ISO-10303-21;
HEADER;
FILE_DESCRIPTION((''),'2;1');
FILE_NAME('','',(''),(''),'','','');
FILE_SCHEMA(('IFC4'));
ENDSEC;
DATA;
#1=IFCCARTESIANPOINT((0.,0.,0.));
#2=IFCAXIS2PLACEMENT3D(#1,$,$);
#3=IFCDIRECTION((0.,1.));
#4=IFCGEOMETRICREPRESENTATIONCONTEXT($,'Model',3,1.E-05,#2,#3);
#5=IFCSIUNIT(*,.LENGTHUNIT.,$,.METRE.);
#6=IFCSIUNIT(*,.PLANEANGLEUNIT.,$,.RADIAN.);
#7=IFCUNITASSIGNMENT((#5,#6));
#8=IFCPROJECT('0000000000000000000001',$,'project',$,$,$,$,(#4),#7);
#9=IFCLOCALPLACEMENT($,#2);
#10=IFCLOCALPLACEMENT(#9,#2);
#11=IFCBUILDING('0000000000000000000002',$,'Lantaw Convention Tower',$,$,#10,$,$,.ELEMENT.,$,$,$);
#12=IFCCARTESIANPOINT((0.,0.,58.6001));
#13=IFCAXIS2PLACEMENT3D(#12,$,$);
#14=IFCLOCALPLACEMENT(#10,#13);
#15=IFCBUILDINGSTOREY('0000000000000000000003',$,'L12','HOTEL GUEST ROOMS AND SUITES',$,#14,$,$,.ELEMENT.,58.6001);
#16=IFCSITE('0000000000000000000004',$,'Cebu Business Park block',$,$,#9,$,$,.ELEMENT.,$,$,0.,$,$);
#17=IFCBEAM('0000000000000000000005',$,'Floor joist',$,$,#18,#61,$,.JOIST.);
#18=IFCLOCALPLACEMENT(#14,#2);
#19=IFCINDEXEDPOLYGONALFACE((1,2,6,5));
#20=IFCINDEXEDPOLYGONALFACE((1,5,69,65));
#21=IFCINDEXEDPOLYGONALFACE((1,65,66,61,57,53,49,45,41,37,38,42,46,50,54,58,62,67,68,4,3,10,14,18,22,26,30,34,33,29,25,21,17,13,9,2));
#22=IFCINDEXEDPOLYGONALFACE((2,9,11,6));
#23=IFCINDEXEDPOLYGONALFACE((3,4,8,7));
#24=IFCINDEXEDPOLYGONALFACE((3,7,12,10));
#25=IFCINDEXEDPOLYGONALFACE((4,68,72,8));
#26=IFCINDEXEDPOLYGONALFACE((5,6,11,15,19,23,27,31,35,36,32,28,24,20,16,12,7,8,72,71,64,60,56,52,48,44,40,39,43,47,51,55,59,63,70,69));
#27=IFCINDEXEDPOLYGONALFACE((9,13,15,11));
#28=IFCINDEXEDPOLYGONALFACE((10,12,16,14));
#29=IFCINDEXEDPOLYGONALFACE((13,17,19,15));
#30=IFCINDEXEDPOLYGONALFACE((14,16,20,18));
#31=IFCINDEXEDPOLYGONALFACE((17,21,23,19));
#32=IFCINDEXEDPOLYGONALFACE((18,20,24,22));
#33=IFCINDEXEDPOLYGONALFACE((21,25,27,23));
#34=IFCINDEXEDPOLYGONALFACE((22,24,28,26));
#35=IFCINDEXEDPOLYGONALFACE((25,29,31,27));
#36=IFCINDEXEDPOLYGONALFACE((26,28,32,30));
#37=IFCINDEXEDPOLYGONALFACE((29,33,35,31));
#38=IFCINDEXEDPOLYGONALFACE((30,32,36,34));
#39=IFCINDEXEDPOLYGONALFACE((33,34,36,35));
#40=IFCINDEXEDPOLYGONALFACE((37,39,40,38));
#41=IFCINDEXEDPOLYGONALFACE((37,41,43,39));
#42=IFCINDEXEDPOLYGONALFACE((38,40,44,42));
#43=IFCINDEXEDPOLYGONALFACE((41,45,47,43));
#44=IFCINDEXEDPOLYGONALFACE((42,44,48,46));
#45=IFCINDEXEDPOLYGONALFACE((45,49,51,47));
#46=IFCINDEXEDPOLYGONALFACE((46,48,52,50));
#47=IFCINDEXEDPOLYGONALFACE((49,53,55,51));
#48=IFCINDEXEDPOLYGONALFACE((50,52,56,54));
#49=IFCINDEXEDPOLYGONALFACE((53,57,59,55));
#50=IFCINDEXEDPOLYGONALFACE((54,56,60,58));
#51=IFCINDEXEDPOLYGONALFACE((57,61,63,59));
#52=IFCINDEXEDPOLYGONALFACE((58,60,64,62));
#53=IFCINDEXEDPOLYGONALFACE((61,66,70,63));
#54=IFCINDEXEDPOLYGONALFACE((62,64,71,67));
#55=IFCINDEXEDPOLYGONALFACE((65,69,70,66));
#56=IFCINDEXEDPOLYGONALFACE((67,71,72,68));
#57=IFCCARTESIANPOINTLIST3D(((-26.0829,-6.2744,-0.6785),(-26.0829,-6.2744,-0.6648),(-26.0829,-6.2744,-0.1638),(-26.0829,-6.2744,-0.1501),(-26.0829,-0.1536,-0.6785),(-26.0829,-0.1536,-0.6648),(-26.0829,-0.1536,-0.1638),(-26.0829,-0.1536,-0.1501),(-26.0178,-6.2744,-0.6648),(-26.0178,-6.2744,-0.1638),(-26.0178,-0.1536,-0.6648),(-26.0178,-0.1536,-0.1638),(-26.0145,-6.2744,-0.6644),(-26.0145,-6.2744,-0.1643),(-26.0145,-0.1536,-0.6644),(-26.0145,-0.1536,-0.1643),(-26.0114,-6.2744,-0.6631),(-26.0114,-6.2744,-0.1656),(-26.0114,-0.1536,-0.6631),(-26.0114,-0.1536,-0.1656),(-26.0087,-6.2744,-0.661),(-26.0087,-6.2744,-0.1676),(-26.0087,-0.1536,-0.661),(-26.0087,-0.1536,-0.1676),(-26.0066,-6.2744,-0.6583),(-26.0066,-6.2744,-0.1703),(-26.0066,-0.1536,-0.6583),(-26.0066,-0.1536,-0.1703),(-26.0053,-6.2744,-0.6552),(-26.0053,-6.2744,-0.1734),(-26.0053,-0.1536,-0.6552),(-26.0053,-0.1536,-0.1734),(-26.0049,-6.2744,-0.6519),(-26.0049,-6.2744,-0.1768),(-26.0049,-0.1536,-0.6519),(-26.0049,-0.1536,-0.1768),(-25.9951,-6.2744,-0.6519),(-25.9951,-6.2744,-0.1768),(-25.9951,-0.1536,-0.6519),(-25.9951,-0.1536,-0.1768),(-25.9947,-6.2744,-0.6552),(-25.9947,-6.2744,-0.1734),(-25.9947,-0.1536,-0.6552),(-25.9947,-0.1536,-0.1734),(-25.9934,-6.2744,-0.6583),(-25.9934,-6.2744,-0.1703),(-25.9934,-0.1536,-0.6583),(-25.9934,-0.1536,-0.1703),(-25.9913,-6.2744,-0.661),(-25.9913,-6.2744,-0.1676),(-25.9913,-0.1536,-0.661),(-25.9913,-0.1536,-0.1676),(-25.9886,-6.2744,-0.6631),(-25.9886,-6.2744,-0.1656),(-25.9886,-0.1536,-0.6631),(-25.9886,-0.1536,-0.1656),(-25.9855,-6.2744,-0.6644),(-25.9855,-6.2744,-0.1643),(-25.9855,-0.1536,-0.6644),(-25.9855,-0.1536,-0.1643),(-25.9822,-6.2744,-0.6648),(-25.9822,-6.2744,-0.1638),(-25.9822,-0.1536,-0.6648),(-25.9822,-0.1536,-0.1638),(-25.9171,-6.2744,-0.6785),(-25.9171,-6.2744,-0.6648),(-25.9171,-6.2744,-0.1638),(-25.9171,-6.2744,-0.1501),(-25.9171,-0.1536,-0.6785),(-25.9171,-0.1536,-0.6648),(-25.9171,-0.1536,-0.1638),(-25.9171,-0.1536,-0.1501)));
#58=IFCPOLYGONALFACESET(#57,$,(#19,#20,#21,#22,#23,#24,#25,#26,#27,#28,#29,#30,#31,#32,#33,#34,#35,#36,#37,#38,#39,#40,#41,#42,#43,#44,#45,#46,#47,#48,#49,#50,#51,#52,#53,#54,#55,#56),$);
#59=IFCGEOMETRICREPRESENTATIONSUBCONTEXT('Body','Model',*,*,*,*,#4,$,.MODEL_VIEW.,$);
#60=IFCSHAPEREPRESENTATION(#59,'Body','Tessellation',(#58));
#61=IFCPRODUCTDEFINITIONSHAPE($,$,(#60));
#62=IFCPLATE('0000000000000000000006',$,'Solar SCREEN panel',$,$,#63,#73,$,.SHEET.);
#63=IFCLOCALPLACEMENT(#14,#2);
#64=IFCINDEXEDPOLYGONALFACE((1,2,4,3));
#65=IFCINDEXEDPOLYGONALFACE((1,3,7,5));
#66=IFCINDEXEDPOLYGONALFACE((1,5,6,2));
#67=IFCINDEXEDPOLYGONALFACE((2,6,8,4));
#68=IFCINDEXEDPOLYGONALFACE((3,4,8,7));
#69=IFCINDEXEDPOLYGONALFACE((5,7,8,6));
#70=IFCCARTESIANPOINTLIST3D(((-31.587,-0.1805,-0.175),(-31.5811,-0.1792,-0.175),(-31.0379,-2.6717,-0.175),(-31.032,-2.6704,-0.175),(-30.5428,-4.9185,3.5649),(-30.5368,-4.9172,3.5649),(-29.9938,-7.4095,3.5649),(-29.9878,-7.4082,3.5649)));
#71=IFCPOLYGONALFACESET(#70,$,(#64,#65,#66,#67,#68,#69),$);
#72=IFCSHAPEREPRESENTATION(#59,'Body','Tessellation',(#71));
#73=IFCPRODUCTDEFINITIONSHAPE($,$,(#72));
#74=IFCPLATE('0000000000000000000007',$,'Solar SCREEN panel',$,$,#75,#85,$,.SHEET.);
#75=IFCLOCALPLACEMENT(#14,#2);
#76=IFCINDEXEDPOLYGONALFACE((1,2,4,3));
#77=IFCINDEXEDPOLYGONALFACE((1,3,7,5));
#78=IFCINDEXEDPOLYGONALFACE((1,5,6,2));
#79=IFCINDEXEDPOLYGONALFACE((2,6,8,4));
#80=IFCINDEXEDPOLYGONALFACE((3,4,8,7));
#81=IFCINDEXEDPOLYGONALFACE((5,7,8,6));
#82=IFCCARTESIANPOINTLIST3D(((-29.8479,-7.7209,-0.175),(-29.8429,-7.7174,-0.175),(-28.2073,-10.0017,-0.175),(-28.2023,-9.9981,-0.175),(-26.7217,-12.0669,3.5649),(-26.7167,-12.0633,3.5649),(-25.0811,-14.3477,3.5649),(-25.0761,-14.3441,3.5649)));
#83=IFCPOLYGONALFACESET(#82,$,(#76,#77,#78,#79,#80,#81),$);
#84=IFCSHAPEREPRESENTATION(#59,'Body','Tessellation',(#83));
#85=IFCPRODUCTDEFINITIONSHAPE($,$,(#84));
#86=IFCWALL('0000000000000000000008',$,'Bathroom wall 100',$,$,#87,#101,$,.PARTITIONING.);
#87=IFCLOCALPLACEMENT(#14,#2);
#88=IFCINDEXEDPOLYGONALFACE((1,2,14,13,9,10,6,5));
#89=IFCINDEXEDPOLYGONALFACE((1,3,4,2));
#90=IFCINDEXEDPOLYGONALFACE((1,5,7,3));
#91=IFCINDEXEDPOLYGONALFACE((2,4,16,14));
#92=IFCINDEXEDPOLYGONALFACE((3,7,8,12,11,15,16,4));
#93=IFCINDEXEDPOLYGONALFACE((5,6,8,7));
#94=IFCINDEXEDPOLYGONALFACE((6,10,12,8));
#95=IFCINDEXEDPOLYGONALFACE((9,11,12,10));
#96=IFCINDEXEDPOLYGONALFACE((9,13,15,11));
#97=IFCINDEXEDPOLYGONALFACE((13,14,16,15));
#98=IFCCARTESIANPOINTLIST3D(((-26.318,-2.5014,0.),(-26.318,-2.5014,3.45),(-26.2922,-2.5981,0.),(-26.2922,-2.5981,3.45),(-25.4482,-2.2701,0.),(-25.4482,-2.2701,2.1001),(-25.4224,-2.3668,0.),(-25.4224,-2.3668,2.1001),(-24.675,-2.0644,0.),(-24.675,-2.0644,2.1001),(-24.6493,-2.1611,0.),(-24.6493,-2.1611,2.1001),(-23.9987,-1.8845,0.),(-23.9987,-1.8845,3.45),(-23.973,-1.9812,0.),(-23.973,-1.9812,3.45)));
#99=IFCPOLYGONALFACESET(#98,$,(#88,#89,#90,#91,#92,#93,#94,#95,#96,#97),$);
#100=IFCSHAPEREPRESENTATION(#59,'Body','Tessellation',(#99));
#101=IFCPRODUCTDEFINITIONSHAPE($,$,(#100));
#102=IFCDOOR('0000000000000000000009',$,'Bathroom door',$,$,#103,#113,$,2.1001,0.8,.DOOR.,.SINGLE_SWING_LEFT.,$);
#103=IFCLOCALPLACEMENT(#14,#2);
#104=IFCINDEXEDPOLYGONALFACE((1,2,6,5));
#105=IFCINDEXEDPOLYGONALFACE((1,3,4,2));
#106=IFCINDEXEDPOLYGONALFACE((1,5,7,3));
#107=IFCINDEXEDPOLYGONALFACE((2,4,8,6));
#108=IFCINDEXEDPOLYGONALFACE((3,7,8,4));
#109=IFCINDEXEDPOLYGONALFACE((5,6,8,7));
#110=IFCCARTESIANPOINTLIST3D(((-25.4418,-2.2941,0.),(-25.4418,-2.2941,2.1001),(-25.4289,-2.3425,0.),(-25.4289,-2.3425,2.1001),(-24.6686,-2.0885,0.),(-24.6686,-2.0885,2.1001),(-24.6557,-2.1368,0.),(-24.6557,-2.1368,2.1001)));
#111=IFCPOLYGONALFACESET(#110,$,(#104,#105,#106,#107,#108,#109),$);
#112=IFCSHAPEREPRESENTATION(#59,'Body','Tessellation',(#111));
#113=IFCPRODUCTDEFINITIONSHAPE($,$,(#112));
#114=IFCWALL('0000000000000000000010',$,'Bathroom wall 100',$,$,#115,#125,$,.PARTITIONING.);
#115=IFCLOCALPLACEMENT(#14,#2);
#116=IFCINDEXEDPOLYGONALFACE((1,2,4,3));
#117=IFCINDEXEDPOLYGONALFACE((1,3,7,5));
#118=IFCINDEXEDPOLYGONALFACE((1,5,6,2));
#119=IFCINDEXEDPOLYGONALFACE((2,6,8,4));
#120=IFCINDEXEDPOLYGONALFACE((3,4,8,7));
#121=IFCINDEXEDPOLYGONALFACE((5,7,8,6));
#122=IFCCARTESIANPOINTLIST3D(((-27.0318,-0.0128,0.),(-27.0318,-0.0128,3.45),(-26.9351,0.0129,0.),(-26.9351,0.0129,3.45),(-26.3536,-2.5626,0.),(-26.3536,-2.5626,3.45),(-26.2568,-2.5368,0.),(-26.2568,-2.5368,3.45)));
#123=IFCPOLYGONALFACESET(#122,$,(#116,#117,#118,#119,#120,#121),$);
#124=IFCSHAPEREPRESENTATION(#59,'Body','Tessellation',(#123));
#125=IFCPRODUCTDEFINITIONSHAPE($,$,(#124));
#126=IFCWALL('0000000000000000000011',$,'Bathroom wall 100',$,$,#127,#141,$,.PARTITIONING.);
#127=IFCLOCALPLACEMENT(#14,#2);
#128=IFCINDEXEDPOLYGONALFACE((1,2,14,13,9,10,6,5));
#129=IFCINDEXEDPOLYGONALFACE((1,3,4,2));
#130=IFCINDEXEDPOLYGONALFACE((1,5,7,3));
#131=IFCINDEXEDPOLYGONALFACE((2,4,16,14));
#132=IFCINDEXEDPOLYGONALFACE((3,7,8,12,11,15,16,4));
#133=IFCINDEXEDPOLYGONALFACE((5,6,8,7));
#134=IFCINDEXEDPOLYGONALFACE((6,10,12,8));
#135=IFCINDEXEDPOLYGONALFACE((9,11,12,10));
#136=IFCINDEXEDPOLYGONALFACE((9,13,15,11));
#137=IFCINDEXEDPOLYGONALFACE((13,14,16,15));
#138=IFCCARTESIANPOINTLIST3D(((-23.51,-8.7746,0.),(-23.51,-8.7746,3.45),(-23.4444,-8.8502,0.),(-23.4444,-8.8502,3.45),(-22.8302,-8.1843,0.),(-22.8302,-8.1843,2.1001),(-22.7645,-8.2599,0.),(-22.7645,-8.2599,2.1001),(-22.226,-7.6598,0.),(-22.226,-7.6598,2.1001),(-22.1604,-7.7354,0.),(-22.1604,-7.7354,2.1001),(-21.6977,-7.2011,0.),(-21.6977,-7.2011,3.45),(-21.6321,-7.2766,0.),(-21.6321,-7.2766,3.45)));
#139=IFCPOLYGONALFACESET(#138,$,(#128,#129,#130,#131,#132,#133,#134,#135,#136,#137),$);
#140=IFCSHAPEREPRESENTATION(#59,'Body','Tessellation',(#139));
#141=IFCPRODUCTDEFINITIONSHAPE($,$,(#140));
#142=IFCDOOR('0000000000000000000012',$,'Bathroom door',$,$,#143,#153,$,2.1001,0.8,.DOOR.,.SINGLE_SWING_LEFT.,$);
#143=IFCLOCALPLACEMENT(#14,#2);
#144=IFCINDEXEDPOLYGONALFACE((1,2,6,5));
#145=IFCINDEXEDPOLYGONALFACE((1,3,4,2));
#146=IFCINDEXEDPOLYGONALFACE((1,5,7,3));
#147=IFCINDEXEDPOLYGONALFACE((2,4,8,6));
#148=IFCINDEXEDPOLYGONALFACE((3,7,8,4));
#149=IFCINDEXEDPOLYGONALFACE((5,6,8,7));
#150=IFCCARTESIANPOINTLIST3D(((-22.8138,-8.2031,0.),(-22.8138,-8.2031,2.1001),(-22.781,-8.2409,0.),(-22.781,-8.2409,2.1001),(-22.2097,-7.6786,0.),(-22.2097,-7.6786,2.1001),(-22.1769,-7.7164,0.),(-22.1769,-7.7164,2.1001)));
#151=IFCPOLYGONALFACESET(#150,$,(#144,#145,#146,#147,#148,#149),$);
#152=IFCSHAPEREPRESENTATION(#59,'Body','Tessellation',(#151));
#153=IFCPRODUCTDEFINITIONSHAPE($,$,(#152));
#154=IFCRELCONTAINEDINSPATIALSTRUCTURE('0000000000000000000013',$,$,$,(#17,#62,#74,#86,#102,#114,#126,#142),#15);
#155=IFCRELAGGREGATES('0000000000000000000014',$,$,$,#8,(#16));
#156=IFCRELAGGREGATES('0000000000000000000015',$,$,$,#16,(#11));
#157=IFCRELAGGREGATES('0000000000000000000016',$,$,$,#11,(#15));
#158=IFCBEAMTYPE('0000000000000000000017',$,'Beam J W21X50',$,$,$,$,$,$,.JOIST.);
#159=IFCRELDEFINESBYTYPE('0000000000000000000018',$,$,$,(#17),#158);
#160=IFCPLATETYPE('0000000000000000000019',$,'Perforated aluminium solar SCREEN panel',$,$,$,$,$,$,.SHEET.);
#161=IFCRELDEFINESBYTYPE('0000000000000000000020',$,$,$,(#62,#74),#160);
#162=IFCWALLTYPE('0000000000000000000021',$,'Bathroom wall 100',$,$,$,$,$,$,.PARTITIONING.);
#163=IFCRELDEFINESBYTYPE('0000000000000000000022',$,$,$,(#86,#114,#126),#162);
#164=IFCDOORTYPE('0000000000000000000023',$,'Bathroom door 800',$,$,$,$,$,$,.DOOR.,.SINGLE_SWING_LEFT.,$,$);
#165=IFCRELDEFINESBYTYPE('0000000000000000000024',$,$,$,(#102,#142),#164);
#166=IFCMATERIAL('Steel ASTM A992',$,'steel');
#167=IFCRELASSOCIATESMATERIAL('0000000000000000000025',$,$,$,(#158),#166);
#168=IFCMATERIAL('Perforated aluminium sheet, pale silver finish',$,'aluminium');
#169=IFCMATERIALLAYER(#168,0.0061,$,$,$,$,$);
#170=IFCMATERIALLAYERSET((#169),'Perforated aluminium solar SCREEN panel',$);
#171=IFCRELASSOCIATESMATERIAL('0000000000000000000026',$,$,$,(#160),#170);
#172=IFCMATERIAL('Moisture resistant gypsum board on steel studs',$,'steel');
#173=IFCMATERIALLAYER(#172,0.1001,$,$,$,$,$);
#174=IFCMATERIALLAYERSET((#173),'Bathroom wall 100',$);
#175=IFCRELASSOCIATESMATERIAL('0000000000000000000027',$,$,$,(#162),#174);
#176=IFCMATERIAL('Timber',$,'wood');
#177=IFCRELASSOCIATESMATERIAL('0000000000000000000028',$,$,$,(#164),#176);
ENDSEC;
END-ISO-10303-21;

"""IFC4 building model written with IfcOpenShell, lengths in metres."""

from ifc_helpers import new_model, si_unit, direction, frame, frame_2d, origin, origin_2d, place, context, subcontext, project, spatial, polyline, rectangle, i_section, outline, extrude, material, layer, layer_set, material_profile, profile_set, type_object, element, fill, save


model = new_model("IFC4")

# Units and contexts
model_context = context("Model", 3, precision=1e-05, world=origin(), true_north=direction((0.0, 1.0)))
body_context = subcontext(model_context, "Body", "Model", "MODEL_VIEW")
ifc_project = project(units=[si_unit("LENGTHUNIT", "METRE"), si_unit("PLANEANGLEUNIT", "RADIAN")], contexts=[model_context])

# Site, building, storey
site_placement = place(None, origin())
site = spatial("IfcSite", under=ifc_project, at=site_placement, Name="Cebu Business Park block", CompositionType="ELEMENT", RefElevation=0.0)
building_placement = place(site_placement, origin())
building = spatial("IfcBuilding", under=site, at=building_placement, Name="Lantaw Convention Tower", CompositionType="ELEMENT")
storey_placement = place(building_placement, frame((0.0, 0.0, 58.6001)))
storey = spatial("IfcBuildingStorey", under=building, at=storey_placement, Name="L12", Description="HOTEL GUEST ROOMS AND SUITES", CompositionType="ELEMENT", Elevation=58.6001)

# Beam
ifc_material_1 = material(Name="Steel ASTM A992", Category="steel")
ifc_material_profile_1 = material_profile(ifc_material_1, i_section(OverallWidth=0.1658, OverallDepth=0.5283, WebThickness=0.0098, FlangeThickness=0.0137, FilletRadius=0.0129, at=origin_2d()), Name="W21X50")
ifc_profile_set_1 = profile_set([ifc_material_profile_1], Name="Steel ASTM A992")
beam_type_1 = type_object("IfcBeamType", Name="Beam J W21X50", PredefinedType="JOIST", material=ifc_profile_set_1)
beam_1_placement = place(storey_placement, frame((-26.0, -6.2744, -0.4143), z_axis=(0.0, 1.0, 0.0), x_axis=(-1.0, 0.0, 0.0)))
element("IfcBeam", 1, at=beam_1_placement, inside=storey, type_object=beam_type_1, Name="Floor joist", PredefinedType="JOIST", context=body_context, shape_type="SweptSolid", body=[
    extrude(i_section(OverallWidth=0.1658, OverallDepth=0.5283, WebThickness=0.0098, FlangeThickness=0.0137, FilletRadius=0.0129, at=origin_2d()), origin(), (0.0, 0.0, 1.0), 6.1208),
])

# Plates
ifc_material_2 = material(Name="Perforated aluminium sheet, pale silver finish", Category="aluminium")
ifc_layer_1 = layer(ifc_material_2, 0.0061)
ifc_layer_set_1 = layer_set([ifc_layer_1], Name="Perforated aluminium solar SCREEN panel")
plate_type = type_object("IfcPlateType", Name="Perforated aluminium solar SCREEN panel", PredefinedType="SHEET", material=ifc_layer_set_1)
plate_1_placement = place(storey_placement, frame((-31.5811, -0.1792, -0.175), z_axis=(0.976559, 0.215248, 0.00003), x_axis=(0.215248, -0.976559, 0.0)))
element("IfcPlate", 2, at=plate_1_placement, inside=storey, type_object=plate_type, Name="Solar SCREEN panel", PredefinedType="SHEET", context=body_context, shape_type="SweptSolid", body=[
    extrude(outline(polyline([(0.0, 0.0), (2.551, 0.0), (7.4025, -3.74), (4.8517, -3.74), (0.0, 0.0)])), origin(), (0.0, 0.0, -1.0), 0.0061),
])
plate_2_placement = place(storey_placement, frame((-29.8479, -7.7209, -0.175), z_axis=(-0.811791, -0.583948, 0.000009), x_axis=(0.583948, -0.811791, 0.0)))
element("IfcPlate", 3, at=plate_2_placement, inside=storey, type_object=plate_type, Name="Solar SCREEN panel", PredefinedType="SHEET", context=body_context, shape_type="SweptSolid", body=[
    extrude(outline(polyline([(0.0, 0.0), (2.8095, 0.0), (8.1631, 3.74), (5.3536, 3.74), (0.0, 0.0)])), origin(), (0.0, 0.0, -1.0), 0.0061),
])

# Wall, opening, door
ifc_material_3 = material(Name="Moisture resistant gypsum board on steel studs", Category="steel")
ifc_layer_2 = layer(ifc_material_3, 0.1001)
ifc_layer_set_2 = layer_set([ifc_layer_2], Name="Bathroom wall 100")
wall_type_1 = type_object("IfcWallType", Name="Bathroom wall 100", PredefinedType="PARTITIONING", material=ifc_layer_set_2)
wall_1_placement = place(storey_placement, frame((-23.9858, -1.9329, 0.0), z_axis=(0.0, 0.0, 1.0), x_axis=(-0.966395, -0.257061, 0.0)))
wall_1 = element("IfcWall", 4, at=wall_1_placement, inside=storey, type_object=wall_type_1, Name="Bathroom wall 100", PredefinedType="PARTITIONING", context=body_context, shape_type="SweptSolid", body=[
    extrude(rectangle(XDim=2.3999, YDim=0.1001, at=frame_2d((1.2, 0.0))), origin(), (0.0, 0.0, 1.0), 3.45),
])
opening_1_placement = place(wall_1_placement, frame((0.7, 0.0, 0.0)))
opening_1 = element("IfcOpeningElement", 5, at=opening_1_placement, cuts=wall_1, PredefinedType="OPENING", context=body_context, shape_type="SweptSolid", body=[
    extrude(rectangle(XDim=0.8, YDim=2.1001, at=frame_2d((0.3999, 1.05))), frame((0.0, 0.0601, 0.0), z_axis=(0.0, -1.0, 0.0), x_axis=(1.0, 0.0, 0.0)), (0.0, 0.0, 1.0), 0.1201),
])
ifc_material_4 = material(Name="Timber", Category="wood")
door_type_1 = type_object("IfcDoorType", Name="Bathroom door 800", OperationType="SINGLE_SWING_LEFT", PredefinedType="DOOR", material=ifc_material_4)
door_1_placement = place(opening_1_placement, origin())
door_1 = element("IfcDoor", 6, at=door_1_placement, inside=storey, type_object=door_type_1, Name="Bathroom door", OperationType="SINGLE_SWING_LEFT", OverallHeight=2.1001, OverallWidth=0.8, PredefinedType="DOOR", context=body_context, shape_type="SweptSolid", body=[
    extrude(rectangle(XDim=0.8, YDim=2.1001, at=frame_2d((0.3999, 1.05))), frame((0.0, 0.0249, 0.0), z_axis=(0.0, -1.0, 0.0), x_axis=(1.0, 0.0, 0.0)), (0.0, 0.0, 1.0), 0.05),
])
fill(opening_1, door_1)

# Wall
wall_2_placement = place(storey_placement, frame((-26.3052, -2.5498, 0.0), z_axis=(0.0, 0.0, 1.0), x_axis=(-0.257052, 0.966398, 0.0)))
element("IfcWall", 7, at=wall_2_placement, inside=storey, type_object=wall_type_1, Name="Bathroom wall 100", PredefinedType="PARTITIONING", context=body_context, shape_type="SweptSolid", body=[
    extrude(rectangle(XDim=2.6384, YDim=0.1001, at=frame_2d((1.3193, 0.0))), origin(), (0.0, 0.0, 1.0), 3.45),
])

# Wall, opening, door
wall_3_placement = place(storey_placement, frame((-21.6648, -7.2388, 0.0), z_axis=(0.0, 0.0, 1.0), x_axis=(-0.755098, -0.655612, 0.0)))
wall_3 = element("IfcWall", 8, at=wall_3_placement, inside=storey, type_object=wall_type_1, Name="Bathroom wall 100", PredefinedType="PARTITIONING", context=body_context, shape_type="SweptSolid", body=[
    extrude(rectangle(XDim=2.4001, YDim=0.1001, at=frame_2d((1.2002, 0.0))), origin(), (0.0, 0.0, 1.0), 3.45),
])
opening_2_placement = place(wall_3_placement, frame((0.7, 0.0, 0.0)))
opening_2 = element("IfcOpeningElement", 9, at=opening_2_placement, cuts=wall_3, PredefinedType="OPENING", context=body_context, shape_type="SweptSolid", body=[
    extrude(rectangle(XDim=0.8, YDim=2.1001, at=frame_2d((0.3999, 1.05))), frame((0.0, 0.0601, 0.0), z_axis=(0.0, -1.0, 0.0), x_axis=(1.0, 0.0, 0.0)), (0.0, 0.0, 1.0), 0.1201),
])
door_2_placement = place(opening_2_placement, origin())
door_2 = element("IfcDoor", 10, at=door_2_placement, inside=storey, type_object=door_type_1, Name="Bathroom door", OperationType="SINGLE_SWING_LEFT", OverallHeight=2.1001, OverallWidth=0.8, PredefinedType="DOOR", context=body_context, shape_type="SweptSolid", body=[
    extrude(rectangle(XDim=0.8, YDim=2.1001, at=frame_2d((0.3999, 1.05))), frame((0.0, 0.0249, 0.0), z_axis=(0.0, -1.0, 0.0), x_axis=(1.0, 0.0, 0.0)), (0.0, 0.0, 1.0), 0.05),
])
fill(opening_2, door_2)

save(model, "model.ifc")
